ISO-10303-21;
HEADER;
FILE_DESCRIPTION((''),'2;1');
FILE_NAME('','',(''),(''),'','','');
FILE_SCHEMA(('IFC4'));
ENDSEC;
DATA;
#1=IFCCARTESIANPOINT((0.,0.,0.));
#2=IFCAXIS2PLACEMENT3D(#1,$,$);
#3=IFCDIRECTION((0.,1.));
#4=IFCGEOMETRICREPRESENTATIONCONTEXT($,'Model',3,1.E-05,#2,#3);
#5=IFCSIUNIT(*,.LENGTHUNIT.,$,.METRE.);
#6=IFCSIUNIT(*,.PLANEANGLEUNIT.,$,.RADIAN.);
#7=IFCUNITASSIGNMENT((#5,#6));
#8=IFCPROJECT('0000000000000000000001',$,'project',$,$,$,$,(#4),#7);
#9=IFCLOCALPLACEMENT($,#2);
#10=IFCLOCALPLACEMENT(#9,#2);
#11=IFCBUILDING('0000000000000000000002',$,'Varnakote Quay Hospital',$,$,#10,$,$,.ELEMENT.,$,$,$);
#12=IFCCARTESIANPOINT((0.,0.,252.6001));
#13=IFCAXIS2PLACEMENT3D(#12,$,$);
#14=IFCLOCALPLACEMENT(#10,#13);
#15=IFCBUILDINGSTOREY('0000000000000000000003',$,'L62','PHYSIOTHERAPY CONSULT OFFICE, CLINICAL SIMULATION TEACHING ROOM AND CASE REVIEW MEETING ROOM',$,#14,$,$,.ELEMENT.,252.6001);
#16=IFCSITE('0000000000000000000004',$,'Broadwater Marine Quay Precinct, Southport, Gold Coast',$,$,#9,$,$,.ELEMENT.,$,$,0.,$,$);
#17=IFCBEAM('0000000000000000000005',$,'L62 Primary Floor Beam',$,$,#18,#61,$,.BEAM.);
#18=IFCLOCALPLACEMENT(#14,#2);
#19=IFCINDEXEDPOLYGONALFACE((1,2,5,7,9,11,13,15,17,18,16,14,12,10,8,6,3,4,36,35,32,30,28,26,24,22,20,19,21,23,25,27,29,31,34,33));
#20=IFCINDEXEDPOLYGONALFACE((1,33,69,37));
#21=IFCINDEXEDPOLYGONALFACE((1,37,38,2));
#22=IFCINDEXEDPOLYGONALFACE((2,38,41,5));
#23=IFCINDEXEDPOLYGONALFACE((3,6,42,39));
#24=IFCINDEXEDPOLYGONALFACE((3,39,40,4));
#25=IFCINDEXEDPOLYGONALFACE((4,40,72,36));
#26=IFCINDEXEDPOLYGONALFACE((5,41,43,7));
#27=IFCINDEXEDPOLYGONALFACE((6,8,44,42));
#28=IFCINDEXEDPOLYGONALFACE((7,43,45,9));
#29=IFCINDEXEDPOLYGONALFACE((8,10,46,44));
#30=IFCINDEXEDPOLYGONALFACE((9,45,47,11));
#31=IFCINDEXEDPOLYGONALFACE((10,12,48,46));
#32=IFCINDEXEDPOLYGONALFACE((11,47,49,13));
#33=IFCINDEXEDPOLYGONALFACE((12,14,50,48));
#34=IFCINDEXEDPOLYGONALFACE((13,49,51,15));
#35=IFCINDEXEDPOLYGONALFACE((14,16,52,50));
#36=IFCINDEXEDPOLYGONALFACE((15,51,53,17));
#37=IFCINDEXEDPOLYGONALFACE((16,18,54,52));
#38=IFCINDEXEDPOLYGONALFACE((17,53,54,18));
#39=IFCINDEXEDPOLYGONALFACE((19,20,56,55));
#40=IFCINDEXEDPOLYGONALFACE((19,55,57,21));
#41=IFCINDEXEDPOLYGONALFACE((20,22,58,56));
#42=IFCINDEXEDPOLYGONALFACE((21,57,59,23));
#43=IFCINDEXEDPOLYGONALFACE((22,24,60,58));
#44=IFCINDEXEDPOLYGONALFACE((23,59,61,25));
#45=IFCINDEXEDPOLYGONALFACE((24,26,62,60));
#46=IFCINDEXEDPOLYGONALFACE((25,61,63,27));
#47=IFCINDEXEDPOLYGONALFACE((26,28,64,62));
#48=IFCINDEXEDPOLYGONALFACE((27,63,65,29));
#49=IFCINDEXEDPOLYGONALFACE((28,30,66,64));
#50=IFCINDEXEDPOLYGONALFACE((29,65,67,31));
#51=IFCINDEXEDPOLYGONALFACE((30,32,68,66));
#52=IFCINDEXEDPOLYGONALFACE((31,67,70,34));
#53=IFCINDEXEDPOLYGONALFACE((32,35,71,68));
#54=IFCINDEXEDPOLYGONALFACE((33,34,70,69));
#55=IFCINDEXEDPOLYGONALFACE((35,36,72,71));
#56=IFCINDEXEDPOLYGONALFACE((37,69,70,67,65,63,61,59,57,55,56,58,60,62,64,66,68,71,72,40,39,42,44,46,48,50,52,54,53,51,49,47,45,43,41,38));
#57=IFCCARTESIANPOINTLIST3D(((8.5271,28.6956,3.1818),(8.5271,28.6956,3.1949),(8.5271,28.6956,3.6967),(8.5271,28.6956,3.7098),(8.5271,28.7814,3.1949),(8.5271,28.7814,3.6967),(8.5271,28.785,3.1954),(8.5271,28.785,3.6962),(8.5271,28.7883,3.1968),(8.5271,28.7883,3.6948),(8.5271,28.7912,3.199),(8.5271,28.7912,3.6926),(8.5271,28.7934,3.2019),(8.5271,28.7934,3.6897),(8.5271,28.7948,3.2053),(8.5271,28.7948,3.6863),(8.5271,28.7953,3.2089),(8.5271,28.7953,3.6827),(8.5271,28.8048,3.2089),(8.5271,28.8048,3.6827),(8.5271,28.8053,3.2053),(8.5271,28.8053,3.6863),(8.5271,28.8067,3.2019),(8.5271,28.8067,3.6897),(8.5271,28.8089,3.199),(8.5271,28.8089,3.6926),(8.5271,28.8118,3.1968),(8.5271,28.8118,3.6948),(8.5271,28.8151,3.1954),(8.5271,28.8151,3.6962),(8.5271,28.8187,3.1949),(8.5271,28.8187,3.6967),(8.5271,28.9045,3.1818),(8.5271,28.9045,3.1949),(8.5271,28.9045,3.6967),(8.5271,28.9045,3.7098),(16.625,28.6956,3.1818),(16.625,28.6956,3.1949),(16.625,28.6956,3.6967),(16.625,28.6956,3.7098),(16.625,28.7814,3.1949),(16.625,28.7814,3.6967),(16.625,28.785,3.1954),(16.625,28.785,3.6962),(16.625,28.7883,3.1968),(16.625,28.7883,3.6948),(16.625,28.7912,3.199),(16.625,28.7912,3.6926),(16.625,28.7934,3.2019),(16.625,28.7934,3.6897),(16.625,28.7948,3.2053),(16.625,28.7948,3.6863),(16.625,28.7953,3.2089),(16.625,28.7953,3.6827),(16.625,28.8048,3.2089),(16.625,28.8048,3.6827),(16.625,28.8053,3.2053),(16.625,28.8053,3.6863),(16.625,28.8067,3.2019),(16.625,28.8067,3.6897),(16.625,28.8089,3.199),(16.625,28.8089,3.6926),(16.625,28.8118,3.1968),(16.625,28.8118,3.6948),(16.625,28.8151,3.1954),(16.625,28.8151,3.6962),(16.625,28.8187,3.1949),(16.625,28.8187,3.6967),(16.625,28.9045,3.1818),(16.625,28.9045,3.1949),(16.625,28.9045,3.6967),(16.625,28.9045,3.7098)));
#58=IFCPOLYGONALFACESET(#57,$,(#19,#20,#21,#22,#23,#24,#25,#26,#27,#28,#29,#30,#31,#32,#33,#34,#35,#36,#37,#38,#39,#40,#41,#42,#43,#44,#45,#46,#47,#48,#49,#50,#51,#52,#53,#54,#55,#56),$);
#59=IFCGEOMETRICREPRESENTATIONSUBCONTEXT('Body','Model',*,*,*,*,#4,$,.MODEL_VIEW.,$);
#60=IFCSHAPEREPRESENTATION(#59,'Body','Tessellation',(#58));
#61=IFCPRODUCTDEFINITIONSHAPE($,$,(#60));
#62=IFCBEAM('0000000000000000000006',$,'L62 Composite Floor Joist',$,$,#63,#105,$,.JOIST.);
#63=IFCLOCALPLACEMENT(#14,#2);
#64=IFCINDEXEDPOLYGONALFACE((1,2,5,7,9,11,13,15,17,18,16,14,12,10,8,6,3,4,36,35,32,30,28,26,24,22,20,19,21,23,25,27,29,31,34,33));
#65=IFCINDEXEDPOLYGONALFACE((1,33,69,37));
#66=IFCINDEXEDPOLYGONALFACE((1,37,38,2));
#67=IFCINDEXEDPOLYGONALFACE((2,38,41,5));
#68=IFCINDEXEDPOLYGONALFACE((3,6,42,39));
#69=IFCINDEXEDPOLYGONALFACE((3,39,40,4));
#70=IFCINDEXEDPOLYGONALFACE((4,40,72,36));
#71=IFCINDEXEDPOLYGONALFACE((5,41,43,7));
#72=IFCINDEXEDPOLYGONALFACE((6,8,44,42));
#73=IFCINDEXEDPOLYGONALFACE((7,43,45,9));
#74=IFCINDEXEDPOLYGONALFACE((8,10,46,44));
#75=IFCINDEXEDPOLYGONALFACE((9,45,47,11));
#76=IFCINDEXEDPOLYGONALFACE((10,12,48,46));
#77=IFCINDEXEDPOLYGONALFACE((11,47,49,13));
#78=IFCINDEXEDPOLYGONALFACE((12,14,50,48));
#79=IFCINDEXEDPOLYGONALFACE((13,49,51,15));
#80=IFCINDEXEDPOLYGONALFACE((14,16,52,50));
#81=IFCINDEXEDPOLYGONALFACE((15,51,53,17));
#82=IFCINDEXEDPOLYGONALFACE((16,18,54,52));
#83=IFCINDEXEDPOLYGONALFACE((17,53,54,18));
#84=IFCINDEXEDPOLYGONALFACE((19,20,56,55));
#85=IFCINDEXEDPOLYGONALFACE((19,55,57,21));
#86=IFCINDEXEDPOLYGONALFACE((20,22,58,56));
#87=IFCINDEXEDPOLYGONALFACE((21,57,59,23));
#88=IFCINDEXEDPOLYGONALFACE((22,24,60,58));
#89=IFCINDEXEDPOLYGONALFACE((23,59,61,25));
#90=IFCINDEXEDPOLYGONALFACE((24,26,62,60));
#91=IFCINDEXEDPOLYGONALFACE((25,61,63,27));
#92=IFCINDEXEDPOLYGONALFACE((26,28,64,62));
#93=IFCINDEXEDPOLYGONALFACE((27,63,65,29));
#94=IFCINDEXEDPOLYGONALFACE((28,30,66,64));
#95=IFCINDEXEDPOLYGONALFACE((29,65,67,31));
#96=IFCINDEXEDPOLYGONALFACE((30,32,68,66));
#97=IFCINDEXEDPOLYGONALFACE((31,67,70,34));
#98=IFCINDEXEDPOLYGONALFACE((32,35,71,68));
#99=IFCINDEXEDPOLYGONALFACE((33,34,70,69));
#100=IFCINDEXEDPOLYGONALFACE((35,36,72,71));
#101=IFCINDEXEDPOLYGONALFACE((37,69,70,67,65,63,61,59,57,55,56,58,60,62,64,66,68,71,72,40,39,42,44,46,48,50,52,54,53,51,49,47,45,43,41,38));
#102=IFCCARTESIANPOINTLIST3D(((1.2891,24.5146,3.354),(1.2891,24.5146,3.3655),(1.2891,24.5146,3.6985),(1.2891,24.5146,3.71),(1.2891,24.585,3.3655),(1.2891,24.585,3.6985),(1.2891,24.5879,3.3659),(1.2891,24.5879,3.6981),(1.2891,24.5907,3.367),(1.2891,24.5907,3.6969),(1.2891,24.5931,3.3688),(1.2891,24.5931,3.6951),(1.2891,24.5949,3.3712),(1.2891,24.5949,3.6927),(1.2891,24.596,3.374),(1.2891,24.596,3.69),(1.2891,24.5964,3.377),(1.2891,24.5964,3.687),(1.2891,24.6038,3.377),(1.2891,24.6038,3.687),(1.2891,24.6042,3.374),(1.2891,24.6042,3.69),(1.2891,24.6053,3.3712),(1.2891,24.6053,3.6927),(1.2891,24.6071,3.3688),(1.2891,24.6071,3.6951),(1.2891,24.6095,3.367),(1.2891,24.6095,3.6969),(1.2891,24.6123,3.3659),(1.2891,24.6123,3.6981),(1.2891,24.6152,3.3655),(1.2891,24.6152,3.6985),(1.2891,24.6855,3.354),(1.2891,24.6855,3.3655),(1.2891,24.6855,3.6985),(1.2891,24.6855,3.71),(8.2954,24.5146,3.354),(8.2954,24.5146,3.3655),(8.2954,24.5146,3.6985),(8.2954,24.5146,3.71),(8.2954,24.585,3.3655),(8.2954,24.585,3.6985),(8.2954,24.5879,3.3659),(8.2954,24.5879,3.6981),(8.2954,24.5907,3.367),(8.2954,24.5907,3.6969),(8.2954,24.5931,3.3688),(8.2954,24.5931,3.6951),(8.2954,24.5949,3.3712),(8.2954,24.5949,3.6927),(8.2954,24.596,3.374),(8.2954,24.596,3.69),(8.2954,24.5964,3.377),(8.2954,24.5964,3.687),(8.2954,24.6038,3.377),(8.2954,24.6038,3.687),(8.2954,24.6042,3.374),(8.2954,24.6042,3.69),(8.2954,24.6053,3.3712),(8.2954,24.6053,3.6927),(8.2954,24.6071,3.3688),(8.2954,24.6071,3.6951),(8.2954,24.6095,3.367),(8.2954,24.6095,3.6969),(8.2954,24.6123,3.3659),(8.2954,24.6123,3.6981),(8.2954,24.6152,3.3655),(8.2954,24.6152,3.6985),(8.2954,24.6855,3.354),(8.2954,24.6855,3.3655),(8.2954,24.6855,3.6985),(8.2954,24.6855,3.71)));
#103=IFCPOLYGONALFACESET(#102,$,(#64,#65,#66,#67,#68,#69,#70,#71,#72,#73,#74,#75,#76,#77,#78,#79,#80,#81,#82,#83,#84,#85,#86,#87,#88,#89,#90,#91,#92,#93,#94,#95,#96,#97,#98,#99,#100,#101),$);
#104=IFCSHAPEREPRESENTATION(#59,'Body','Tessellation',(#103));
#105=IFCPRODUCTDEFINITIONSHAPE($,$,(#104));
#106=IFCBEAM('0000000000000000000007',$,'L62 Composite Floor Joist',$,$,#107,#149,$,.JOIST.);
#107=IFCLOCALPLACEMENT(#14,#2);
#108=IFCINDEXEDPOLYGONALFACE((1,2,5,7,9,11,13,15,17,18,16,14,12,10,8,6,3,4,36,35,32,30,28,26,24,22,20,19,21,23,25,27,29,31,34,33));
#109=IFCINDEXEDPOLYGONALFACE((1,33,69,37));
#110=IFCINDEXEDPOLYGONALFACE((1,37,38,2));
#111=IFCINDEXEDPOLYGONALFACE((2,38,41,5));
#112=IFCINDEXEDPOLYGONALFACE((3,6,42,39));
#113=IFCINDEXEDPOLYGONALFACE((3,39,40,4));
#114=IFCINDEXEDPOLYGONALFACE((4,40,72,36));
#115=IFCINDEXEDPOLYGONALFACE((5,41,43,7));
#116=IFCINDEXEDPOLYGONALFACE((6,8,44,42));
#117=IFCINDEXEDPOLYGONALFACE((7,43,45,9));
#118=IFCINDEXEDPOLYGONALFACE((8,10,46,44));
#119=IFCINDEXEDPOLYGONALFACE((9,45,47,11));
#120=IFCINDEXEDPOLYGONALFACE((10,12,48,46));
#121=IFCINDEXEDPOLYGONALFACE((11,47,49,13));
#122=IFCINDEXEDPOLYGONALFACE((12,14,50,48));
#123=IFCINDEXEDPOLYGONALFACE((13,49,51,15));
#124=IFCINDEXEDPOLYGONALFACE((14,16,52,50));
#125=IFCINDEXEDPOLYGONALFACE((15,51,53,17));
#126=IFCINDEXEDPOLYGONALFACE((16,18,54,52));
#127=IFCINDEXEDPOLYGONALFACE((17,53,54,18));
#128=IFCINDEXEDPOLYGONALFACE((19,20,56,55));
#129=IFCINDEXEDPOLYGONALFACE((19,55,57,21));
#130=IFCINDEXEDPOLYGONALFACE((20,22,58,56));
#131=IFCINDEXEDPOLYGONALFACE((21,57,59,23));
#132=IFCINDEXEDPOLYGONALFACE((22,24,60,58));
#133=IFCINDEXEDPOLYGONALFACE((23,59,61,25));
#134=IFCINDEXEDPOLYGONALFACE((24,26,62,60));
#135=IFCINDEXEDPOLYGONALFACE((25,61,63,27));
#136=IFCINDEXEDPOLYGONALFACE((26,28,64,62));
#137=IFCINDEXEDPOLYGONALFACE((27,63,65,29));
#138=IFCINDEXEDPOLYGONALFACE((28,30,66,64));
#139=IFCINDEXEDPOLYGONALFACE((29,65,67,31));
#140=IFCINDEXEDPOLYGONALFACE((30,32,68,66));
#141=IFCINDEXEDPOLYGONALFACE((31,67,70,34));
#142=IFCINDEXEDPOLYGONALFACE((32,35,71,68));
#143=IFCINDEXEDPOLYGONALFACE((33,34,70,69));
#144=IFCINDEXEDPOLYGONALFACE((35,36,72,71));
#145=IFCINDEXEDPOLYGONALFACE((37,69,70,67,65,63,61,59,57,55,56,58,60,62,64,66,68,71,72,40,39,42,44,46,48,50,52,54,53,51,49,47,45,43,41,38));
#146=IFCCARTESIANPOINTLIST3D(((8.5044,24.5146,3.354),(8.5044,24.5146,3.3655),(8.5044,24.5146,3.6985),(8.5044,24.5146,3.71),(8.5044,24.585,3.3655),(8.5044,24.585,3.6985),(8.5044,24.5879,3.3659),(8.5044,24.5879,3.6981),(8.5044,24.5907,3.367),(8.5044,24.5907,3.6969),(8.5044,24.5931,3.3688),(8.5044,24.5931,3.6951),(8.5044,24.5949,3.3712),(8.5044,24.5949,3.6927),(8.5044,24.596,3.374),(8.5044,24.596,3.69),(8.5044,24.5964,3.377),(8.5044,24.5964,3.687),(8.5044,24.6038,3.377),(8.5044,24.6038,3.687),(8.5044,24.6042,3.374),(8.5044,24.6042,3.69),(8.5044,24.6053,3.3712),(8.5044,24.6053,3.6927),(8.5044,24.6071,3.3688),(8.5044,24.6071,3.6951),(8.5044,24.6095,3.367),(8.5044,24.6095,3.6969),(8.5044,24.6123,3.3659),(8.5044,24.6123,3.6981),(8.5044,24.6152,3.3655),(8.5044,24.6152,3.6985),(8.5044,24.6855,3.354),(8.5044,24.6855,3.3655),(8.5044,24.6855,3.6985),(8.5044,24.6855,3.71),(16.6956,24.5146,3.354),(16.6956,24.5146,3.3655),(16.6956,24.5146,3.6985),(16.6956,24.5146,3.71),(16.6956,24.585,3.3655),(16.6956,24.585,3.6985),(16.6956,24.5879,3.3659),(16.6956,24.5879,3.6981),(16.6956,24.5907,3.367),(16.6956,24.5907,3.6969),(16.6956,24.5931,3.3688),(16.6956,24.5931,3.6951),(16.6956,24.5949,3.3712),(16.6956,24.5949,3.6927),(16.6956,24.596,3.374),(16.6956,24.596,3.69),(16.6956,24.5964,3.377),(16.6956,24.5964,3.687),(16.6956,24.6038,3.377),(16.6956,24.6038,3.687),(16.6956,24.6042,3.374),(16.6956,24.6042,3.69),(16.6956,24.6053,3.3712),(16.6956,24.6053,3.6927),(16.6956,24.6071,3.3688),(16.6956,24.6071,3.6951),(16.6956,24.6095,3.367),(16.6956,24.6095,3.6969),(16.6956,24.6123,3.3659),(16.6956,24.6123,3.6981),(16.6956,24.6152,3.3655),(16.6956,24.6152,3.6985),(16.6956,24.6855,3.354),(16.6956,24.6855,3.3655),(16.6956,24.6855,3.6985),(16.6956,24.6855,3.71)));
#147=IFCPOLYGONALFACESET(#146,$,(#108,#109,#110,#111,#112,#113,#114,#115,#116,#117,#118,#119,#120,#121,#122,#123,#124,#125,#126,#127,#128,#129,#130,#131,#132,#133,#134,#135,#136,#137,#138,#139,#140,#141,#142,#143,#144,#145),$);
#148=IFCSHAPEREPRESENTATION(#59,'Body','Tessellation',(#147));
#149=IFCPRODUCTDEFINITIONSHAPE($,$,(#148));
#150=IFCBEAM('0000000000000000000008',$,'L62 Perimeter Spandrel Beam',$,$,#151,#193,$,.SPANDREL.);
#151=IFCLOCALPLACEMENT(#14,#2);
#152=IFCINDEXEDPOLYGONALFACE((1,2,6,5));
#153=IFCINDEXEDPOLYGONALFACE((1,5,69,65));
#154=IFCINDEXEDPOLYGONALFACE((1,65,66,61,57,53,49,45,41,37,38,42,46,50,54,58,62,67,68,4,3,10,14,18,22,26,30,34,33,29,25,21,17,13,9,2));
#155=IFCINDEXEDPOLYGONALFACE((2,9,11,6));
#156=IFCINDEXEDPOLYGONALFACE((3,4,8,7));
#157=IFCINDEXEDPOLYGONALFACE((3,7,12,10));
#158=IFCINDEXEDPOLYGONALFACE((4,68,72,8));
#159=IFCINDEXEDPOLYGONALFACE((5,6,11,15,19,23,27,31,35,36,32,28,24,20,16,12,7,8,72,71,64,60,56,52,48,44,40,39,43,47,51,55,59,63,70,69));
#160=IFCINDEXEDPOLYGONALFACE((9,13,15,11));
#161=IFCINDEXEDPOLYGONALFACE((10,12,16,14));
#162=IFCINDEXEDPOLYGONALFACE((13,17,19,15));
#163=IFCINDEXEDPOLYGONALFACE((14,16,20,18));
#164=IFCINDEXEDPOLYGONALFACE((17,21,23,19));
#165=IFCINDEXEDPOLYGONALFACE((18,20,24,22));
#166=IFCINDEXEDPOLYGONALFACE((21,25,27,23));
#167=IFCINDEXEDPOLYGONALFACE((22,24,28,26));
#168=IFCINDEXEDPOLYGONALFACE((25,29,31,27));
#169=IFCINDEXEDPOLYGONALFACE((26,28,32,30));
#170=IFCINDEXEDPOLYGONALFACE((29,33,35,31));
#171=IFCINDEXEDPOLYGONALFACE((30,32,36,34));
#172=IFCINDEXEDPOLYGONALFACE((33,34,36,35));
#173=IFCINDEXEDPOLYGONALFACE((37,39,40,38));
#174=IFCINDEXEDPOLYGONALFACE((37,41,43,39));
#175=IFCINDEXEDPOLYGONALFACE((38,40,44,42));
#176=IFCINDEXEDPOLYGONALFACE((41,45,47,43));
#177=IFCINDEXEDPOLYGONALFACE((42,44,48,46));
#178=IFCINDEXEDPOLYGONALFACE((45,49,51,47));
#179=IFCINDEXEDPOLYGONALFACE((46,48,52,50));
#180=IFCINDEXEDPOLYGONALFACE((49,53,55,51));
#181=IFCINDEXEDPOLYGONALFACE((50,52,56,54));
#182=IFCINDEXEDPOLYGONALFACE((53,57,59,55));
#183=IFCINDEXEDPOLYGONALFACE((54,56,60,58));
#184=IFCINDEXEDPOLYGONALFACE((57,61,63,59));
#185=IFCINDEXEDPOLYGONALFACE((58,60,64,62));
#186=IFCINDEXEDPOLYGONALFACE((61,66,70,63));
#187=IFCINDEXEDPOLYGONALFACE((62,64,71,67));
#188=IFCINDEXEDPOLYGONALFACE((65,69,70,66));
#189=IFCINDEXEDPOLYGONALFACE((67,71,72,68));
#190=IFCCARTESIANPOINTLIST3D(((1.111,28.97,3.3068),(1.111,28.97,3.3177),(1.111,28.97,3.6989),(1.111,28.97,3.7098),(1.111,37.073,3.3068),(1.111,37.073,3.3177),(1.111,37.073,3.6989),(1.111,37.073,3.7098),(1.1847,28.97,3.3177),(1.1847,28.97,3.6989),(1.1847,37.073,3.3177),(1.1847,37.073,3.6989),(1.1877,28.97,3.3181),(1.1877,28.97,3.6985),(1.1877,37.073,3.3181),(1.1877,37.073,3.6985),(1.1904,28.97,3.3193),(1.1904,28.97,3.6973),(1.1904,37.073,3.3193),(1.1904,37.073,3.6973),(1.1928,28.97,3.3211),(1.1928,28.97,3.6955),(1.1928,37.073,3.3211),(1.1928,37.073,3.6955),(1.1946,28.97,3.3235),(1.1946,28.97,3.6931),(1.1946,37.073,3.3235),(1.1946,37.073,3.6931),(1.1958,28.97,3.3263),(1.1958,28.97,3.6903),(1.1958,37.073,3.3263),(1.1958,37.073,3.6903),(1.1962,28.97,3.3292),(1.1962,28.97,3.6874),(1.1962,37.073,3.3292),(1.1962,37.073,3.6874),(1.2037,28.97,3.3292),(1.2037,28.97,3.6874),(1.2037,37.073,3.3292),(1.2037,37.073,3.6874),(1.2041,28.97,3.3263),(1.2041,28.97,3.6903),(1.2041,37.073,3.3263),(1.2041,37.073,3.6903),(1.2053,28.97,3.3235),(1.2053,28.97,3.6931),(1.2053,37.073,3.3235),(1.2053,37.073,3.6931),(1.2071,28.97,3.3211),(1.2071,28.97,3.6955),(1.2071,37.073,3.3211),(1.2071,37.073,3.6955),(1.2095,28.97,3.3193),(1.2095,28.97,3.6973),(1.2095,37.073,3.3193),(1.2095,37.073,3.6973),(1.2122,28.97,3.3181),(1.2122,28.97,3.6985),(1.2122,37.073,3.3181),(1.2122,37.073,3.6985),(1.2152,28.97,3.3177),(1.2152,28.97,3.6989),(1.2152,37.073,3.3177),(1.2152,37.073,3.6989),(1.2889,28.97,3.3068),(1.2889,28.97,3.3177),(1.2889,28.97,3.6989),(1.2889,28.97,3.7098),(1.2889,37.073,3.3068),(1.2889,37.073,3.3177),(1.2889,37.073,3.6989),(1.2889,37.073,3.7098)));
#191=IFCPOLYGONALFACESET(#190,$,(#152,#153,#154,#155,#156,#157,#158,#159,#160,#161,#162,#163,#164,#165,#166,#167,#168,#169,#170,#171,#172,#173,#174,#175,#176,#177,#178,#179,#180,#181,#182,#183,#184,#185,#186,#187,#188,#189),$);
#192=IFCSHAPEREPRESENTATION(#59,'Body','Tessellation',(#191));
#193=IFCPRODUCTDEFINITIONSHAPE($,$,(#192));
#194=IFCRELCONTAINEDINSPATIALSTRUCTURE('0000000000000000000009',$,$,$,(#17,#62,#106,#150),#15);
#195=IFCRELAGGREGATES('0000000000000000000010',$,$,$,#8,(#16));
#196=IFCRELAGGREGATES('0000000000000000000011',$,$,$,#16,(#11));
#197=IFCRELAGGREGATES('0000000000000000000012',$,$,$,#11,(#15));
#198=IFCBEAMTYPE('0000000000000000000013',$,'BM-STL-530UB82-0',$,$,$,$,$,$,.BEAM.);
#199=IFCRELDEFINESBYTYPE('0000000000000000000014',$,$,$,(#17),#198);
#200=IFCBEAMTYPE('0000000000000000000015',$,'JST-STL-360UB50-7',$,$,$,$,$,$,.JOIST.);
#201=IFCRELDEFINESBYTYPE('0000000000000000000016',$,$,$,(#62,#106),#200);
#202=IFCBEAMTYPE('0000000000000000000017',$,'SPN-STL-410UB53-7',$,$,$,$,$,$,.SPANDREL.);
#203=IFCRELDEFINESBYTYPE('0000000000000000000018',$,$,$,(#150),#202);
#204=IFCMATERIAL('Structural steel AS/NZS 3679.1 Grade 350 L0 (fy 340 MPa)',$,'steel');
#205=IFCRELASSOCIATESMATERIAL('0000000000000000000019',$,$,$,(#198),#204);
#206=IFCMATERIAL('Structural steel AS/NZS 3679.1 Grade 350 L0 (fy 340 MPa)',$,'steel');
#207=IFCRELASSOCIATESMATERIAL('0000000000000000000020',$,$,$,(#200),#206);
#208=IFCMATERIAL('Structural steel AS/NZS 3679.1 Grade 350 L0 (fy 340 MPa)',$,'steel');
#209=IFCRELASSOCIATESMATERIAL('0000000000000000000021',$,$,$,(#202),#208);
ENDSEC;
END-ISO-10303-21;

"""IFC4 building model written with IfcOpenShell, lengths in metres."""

from ifc_helpers import new_model, si_unit, direction, frame, origin, origin_2d, place, context, subcontext, project, spatial, i_section, extrude, material, material_profile, profile_set, type_object, element, save


model = new_model("IFC4")

# Units and contexts
model_context = context("Model", 3, precision=1e-05, world=origin(), true_north=direction((0.0, 1.0)))
body_context = subcontext(model_context, "Body", "Model", "MODEL_VIEW")
ifc_project = project(units=[si_unit("LENGTHUNIT", "METRE"), si_unit("PLANEANGLEUNIT", "RADIAN")], contexts=[model_context])

# Site, building, storey
site_placement = place(None, origin())
site = spatial("IfcSite", under=ifc_project, at=site_placement, Name="Broadwater Marine Quay Precinct, Southport, Gold Coast", CompositionType="ELEMENT", RefElevation=0.0)
building_placement = place(site_placement, origin())
building = spatial("IfcBuilding", under=site, at=building_placement, Name="Varnakote Quay Hospital", CompositionType="ELEMENT")
storey_placement = place(building_placement, frame((0.0, 0.0, 252.6001)))
storey = spatial("IfcBuildingStorey", under=building, at=storey_placement, Name="L62", Description="PHYSIOTHERAPY CONSULT OFFICE, CLINICAL SIMULATION TEACHING ROOM AND CASE REVIEW MEETING ROOM", CompositionType="ELEMENT", Elevation=252.6001)

# Beams
ifc_material_1 = material(Name="Structural steel AS/NZS 3679.1 Grade 350 L0 (fy 340 MPa)", Category="steel")
ifc_material_profile_1 = material_profile(ifc_material_1, i_section(OverallWidth=0.209, OverallDepth=0.5281, WebThickness=0.0095, FlangeThickness=0.0132, FilletRadius=0.0139, at=origin_2d()), Name="530UB82.0")
ifc_profile_set_1 = profile_set([ifc_material_profile_1], Name="Structural steel AS/NZS 3679.1 Grade 350 L0 (fy 340 MPa)")
beam_type_1 = type_object("IfcBeamType", Name="BM-STL-530UB82-0", PredefinedType="BEAM", material=ifc_profile_set_1)
beam_1_placement = place(storey_placement, frame((8.5271, 28.8, 3.4458), z_axis=(1.0, 0.0, 0.0), x_axis=(0.0, 1.0, 0.0)))
element("IfcBeam", 1, at=beam_1_placement, inside=storey, type_object=beam_type_1, Name="L62 Primary Floor Beam", PredefinedType="BEAM", context=body_context, shape_type="SweptSolid", body=[
    extrude(i_section(OverallWidth=0.209, OverallDepth=0.5281, WebThickness=0.0095, FlangeThickness=0.0132, FilletRadius=0.0139, at=origin_2d()), origin(), (0.0, 0.0, 1.0), 8.0979),
])
ifc_material_2 = material(Name="Structural steel AS/NZS 3679.1 Grade 350 L0 (fy 340 MPa)", Category="steel")
ifc_material_profile_2 = material_profile(ifc_material_2, i_section(OverallWidth=0.1709, OverallDepth=0.356, WebThickness=0.0073, FlangeThickness=0.0115, FilletRadius=0.0115, at=origin_2d()), Name="360UB50.7")
ifc_profile_set_2 = profile_set([ifc_material_profile_2], Name="Structural steel AS/NZS 3679.1 Grade 350 L0 (fy 340 MPa)")
beam_type_2 = type_object("IfcBeamType", Name="JST-STL-360UB50-7", PredefinedType="JOIST", material=ifc_profile_set_2)
beam_2_placement = place(storey_placement, frame((1.2891, 24.6001, 3.532), z_axis=(1.0, 0.0, 0.0), x_axis=(0.0, 1.0, 0.0)))
element("IfcBeam", 2, at=beam_2_placement, inside=storey, type_object=beam_type_2, Name="L62 Composite Floor Joist", PredefinedType="JOIST", context=body_context, shape_type="SweptSolid", body=[
    extrude(i_section(OverallWidth=0.1709, OverallDepth=0.356, WebThickness=0.0073, FlangeThickness=0.0115, FilletRadius=0.0115, at=origin_2d()), origin(), (0.0, 0.0, 1.0), 7.0063),
])
beam_3_placement = place(storey_placement, frame((8.5044, 24.6001, 3.532), z_axis=(1.0, 0.0, 0.0), x_axis=(0.0, 1.0, 0.0)))
element("IfcBeam", 3, at=beam_3_placement, inside=storey, type_object=beam_type_2, Name="L62 Composite Floor Joist", PredefinedType="JOIST", context=body_context, shape_type="SweptSolid", body=[
    extrude(i_section(OverallWidth=0.1709, OverallDepth=0.356, WebThickness=0.0073, FlangeThickness=0.0115, FilletRadius=0.0115, at=origin_2d()), origin(), (0.0, 0.0, 1.0), 8.1912),
])
ifc_material_3 = material(Name="Structural steel AS/NZS 3679.1 Grade 350 L0 (fy 340 MPa)", Category="steel")
ifc_material_profile_3 = material_profile(ifc_material_3, i_section(OverallWidth=0.178, OverallDepth=0.4031, WebThickness=0.0076, FlangeThickness=0.011, FilletRadius=0.0115, at=origin_2d()), Name="410UB53.7")
ifc_profile_set_3 = profile_set([ifc_material_profile_3], Name="Structural steel AS/NZS 3679.1 Grade 350 L0 (fy 340 MPa)")
beam_type_3 = type_object("IfcBeamType", Name="SPN-STL-410UB53-7", PredefinedType="SPANDREL", material=ifc_profile_set_3)
beam_4_placement = place(storey_placement, frame((1.2, 28.97, 3.5083), z_axis=(0.0, 1.0, 0.0), x_axis=(-1.0, 0.0, 0.0)))
element("IfcBeam", 4, at=beam_4_placement, inside=storey, type_object=beam_type_3, Name="L62 Perimeter Spandrel Beam", PredefinedType="SPANDREL", context=body_context, shape_type="SweptSolid", body=[
    extrude(i_section(OverallWidth=0.178, OverallDepth=0.4031, WebThickness=0.0076, FlangeThickness=0.011, FilletRadius=0.0115, at=origin_2d()), origin(), (0.0, 0.0, 1.0), 8.103),
])

save(model, "model.ifc")
